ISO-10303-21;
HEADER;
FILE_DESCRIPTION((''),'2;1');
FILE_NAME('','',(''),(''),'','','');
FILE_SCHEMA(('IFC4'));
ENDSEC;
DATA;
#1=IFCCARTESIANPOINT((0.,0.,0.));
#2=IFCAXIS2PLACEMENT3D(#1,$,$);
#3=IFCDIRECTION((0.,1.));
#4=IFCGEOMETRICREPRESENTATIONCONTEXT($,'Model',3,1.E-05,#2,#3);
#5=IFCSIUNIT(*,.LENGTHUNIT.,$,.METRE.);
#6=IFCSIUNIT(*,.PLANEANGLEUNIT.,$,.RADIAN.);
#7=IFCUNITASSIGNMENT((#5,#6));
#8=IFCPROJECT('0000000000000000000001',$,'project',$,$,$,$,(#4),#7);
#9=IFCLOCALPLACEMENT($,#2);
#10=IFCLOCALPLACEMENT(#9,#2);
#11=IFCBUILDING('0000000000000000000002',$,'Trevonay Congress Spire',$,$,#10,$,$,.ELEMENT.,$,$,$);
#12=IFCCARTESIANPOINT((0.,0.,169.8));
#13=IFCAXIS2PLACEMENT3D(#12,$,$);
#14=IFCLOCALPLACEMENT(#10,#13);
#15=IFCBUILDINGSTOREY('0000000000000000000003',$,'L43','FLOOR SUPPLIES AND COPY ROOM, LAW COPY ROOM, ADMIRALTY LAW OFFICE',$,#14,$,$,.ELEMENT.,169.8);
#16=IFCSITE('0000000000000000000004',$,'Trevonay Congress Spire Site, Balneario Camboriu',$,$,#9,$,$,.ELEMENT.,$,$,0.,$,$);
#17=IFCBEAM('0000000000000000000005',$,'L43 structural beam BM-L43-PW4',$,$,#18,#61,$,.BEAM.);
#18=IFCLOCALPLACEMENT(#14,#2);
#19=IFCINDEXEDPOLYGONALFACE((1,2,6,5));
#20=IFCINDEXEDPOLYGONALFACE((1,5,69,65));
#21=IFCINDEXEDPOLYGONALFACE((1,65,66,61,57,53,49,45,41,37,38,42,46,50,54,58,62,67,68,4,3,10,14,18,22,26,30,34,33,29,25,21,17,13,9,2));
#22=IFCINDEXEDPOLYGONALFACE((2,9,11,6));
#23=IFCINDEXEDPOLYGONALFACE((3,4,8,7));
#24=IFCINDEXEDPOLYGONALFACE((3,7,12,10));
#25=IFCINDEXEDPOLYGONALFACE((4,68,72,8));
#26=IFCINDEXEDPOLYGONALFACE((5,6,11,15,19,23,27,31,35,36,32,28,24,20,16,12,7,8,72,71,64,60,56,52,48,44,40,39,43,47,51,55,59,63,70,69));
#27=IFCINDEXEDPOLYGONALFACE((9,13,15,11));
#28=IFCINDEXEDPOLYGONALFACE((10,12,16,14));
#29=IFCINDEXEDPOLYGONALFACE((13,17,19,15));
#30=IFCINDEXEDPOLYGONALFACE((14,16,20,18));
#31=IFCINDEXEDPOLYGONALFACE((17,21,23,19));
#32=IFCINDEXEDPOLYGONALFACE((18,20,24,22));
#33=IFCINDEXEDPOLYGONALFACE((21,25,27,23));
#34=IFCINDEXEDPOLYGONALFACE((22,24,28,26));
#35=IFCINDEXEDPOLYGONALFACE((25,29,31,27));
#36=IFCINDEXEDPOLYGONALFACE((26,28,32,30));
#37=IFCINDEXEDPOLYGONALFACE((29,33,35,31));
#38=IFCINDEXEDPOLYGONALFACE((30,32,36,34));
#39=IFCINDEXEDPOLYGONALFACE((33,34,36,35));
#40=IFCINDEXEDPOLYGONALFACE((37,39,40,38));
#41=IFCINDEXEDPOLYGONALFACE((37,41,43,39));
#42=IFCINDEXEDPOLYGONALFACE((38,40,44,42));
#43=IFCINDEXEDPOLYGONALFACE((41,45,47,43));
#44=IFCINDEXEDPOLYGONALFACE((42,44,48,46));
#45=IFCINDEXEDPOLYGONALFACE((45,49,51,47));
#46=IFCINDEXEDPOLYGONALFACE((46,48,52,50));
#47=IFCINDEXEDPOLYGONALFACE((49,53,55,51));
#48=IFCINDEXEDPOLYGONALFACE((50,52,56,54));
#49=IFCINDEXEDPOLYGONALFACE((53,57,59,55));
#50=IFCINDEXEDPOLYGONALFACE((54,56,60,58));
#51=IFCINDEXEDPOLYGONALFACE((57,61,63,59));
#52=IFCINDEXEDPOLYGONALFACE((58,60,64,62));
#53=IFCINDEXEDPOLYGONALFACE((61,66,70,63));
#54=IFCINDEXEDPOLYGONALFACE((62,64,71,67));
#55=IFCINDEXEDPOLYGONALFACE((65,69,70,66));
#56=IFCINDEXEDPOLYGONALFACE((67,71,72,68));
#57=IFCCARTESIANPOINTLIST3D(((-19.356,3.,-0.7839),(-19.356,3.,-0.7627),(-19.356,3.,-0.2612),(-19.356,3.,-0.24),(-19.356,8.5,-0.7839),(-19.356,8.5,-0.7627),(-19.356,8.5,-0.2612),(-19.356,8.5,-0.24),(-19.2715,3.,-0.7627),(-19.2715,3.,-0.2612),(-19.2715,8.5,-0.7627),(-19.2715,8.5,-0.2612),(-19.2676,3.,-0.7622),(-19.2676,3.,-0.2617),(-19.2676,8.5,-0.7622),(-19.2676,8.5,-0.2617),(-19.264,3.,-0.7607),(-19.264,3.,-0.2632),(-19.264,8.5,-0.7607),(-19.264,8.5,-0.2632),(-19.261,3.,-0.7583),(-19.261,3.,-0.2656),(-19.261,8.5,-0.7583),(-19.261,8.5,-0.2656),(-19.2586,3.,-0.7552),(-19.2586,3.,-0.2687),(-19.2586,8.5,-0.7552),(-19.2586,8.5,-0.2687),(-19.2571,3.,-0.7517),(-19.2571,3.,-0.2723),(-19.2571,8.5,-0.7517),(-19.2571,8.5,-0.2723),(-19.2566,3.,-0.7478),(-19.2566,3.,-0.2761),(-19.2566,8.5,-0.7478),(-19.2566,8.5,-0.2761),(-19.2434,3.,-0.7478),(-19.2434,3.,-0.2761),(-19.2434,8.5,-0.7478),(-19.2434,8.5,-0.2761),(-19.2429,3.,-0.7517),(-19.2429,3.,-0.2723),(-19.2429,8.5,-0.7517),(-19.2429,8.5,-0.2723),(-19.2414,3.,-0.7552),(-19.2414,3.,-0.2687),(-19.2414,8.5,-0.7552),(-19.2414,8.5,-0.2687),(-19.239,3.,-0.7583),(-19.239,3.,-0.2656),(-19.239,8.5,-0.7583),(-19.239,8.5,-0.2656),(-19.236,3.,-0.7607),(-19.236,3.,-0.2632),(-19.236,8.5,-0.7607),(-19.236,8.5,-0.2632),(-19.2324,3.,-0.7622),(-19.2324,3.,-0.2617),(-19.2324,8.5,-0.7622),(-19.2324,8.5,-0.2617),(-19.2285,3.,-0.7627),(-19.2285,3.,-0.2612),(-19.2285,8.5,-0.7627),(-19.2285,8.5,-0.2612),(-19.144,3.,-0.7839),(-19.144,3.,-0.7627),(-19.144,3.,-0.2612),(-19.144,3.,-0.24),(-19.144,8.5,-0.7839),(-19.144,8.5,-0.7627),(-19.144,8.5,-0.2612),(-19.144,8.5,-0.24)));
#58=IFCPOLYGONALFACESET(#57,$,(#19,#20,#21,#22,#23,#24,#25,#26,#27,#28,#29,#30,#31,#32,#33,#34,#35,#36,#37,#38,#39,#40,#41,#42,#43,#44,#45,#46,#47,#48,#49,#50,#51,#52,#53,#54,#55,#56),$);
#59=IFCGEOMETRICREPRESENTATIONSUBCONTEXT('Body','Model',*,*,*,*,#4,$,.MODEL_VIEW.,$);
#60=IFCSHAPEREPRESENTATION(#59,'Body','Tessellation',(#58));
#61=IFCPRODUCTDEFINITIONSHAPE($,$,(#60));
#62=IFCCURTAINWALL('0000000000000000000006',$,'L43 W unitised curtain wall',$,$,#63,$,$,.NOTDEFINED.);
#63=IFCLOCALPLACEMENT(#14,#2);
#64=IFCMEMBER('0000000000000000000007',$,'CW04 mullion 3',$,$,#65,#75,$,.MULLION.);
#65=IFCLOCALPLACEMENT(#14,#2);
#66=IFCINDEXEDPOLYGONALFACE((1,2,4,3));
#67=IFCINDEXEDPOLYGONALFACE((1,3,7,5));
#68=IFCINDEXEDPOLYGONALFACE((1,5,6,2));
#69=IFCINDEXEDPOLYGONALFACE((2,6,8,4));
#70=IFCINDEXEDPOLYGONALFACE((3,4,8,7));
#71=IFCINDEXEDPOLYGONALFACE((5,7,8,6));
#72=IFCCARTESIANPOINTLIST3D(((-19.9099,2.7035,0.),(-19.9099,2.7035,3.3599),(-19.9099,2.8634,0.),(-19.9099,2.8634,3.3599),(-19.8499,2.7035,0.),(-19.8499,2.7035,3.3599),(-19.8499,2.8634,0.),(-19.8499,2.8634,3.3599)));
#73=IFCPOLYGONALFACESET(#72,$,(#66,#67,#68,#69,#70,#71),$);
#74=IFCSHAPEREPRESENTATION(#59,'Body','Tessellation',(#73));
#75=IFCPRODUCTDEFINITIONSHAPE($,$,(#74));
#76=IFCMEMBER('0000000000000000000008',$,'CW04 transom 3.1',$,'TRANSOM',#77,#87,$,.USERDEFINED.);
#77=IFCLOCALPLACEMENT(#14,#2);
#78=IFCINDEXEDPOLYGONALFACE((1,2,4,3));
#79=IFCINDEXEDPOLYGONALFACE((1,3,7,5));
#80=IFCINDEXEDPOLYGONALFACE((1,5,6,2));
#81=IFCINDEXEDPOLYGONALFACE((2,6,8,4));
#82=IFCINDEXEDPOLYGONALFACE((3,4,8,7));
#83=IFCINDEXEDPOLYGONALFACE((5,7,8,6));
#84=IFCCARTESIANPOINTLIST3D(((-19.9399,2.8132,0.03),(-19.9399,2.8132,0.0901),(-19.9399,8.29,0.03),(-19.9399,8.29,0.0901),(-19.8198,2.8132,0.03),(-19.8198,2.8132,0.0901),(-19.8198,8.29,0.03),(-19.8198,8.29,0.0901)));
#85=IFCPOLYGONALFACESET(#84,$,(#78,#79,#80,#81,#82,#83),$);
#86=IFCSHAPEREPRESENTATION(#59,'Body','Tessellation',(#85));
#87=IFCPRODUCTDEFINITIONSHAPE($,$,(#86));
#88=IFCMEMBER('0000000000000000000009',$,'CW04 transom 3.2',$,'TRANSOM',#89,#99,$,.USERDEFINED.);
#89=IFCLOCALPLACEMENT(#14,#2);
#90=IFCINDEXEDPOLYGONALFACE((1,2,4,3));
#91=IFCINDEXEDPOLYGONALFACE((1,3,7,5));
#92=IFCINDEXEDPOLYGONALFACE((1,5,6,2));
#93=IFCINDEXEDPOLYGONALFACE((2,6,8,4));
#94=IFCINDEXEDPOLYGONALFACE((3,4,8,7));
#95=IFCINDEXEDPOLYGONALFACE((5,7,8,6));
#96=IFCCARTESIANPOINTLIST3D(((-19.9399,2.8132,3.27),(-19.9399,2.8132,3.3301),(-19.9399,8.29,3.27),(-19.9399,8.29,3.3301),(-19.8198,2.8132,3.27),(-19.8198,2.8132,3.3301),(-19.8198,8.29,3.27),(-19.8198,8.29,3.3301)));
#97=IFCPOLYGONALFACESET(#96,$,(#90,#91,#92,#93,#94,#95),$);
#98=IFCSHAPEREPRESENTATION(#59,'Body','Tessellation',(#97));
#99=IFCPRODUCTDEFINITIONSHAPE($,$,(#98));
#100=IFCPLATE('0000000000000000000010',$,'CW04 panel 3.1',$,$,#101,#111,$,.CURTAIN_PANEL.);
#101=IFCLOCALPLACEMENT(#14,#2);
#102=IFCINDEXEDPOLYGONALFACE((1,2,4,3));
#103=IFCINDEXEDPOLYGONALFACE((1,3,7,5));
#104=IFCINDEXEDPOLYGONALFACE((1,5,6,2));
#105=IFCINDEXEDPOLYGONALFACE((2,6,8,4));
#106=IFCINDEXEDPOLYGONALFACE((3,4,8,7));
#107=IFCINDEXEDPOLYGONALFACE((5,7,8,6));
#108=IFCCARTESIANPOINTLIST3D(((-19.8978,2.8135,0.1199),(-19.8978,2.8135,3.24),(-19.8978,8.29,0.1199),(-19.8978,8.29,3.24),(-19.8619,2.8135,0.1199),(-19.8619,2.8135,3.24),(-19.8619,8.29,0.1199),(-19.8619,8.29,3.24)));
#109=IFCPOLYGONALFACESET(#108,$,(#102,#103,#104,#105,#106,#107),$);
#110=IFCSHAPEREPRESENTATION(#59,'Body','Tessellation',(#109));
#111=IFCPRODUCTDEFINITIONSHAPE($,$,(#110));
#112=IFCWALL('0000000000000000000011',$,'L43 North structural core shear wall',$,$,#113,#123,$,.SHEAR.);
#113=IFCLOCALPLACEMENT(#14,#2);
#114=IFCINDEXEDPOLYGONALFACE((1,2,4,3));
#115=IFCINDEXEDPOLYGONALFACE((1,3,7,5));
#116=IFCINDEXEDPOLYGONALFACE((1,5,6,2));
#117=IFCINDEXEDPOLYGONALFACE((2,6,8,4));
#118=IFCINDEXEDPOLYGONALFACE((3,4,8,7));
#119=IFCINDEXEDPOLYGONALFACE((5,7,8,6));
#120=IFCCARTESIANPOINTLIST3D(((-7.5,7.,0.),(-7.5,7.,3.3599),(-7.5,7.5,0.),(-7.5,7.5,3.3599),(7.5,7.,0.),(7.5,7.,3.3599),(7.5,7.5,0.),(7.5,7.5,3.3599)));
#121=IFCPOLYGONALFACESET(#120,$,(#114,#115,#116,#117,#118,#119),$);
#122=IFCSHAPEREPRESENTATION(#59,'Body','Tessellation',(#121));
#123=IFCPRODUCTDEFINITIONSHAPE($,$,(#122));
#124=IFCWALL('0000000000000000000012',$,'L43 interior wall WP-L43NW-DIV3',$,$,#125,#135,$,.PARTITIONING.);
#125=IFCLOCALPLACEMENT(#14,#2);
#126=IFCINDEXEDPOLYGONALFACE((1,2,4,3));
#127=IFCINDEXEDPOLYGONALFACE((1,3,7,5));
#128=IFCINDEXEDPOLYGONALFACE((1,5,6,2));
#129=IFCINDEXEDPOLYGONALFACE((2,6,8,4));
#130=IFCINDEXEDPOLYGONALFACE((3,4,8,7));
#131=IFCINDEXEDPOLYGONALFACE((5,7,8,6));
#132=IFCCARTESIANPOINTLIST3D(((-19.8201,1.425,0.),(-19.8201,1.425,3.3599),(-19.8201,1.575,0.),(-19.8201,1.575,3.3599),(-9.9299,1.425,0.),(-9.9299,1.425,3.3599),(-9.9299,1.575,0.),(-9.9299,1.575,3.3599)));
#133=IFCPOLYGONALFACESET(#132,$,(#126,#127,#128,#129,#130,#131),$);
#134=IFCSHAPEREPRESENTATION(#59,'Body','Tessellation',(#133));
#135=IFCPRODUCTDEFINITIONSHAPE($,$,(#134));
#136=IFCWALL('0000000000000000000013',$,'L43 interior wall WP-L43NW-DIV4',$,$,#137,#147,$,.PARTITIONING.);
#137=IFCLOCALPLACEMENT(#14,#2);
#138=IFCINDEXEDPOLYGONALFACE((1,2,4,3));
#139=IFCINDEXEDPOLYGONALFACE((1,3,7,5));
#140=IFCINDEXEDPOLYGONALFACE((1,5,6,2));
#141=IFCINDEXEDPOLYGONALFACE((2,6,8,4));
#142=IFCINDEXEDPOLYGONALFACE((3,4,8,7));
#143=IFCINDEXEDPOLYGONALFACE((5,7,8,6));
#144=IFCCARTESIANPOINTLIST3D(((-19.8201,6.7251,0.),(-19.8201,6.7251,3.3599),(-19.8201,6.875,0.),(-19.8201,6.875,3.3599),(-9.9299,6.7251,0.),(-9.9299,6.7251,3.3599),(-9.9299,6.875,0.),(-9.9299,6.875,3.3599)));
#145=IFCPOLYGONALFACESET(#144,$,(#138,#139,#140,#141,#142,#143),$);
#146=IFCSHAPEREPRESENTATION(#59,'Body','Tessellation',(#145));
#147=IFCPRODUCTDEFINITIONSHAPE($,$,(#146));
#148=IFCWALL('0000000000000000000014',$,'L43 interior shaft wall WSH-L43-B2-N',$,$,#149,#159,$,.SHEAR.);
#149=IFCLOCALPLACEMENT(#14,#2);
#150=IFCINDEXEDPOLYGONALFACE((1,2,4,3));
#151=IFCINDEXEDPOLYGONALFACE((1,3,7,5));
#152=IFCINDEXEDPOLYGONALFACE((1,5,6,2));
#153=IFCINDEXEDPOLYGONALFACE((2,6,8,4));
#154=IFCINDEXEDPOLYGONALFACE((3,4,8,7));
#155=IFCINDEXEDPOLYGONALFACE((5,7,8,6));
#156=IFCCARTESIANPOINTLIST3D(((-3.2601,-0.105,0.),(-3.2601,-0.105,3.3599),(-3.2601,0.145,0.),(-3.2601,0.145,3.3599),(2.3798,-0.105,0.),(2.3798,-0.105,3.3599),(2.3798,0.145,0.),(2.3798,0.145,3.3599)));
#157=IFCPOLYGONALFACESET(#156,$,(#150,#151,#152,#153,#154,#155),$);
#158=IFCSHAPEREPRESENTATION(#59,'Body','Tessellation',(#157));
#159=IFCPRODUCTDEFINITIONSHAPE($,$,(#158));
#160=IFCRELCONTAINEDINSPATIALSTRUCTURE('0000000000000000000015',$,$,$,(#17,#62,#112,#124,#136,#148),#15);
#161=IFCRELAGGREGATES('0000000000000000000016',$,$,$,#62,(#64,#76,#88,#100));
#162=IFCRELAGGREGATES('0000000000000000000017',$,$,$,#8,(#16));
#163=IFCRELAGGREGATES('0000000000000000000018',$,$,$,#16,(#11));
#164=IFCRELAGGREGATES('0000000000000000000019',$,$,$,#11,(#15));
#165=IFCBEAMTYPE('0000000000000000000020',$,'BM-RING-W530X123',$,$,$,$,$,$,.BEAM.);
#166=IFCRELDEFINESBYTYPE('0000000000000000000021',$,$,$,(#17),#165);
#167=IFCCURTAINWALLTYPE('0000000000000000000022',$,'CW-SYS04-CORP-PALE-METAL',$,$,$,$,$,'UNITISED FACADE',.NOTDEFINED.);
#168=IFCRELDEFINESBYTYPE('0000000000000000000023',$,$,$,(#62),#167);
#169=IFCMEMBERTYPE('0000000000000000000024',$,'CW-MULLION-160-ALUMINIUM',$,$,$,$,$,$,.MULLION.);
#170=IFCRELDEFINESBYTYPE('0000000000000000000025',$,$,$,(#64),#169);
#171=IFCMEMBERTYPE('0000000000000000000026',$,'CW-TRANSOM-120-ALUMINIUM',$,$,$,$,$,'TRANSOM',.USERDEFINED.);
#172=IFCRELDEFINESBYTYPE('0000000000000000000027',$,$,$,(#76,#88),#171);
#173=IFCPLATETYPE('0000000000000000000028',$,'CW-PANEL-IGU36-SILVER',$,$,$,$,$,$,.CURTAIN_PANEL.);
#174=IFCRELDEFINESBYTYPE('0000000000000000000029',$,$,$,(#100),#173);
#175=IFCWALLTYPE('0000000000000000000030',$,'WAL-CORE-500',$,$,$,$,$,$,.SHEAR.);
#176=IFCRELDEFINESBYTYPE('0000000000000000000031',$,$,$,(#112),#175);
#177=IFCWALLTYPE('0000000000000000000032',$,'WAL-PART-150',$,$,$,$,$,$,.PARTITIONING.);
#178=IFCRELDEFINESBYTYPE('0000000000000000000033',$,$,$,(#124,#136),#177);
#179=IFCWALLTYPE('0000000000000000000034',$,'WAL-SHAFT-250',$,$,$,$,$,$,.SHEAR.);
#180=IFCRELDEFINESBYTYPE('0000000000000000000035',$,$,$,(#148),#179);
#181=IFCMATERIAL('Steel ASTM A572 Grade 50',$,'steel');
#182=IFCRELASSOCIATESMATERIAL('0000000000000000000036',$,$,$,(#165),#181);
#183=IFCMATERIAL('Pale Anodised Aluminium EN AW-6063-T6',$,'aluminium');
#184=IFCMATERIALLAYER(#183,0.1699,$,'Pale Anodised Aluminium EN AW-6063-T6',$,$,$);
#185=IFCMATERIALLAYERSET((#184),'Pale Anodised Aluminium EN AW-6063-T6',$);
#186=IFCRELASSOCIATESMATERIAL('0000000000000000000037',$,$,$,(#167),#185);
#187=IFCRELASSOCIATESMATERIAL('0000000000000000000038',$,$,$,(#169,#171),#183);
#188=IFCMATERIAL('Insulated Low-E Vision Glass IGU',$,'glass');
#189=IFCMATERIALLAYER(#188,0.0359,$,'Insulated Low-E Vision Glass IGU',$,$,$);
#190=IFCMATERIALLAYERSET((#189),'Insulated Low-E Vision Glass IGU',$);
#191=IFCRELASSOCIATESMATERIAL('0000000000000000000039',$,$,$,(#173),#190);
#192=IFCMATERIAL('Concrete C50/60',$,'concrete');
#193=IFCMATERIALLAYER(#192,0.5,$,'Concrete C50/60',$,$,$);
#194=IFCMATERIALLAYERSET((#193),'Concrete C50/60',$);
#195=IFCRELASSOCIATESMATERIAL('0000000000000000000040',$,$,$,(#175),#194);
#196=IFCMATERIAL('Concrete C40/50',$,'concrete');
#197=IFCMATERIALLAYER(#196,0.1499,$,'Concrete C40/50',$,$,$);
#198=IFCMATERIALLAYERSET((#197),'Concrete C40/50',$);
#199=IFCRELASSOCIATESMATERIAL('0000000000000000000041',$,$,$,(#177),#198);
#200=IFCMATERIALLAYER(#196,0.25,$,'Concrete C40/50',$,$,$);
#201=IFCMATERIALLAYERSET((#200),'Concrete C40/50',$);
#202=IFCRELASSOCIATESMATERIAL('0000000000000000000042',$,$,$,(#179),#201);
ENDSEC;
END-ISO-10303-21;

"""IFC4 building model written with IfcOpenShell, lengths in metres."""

from ifc_helpers import new_model, si_unit, direction, frame, frame_2d, origin, origin_2d, place, context, subcontext, project, spatial, rectangle, i_section, extrude, material, layer, layer_set, material_profile, profile_set, type_object, element, aggregate, save


model = new_model("IFC4")

# Units and contexts
model_context = context("Model", 3, precision=1e-05, world=origin(), true_north=direction((0.0, 1.0)))
body_context = subcontext(model_context, "Body", "Model", "MODEL_VIEW")
ifc_project = project(units=[si_unit("LENGTHUNIT", "METRE"), si_unit("PLANEANGLEUNIT", "RADIAN")], contexts=[model_context])

# Site, building, storey
site_placement = place(None, origin())
site = spatial("IfcSite", under=ifc_project, at=site_placement, Name="Trevonay Congress Spire Site, Balneario Camboriu", CompositionType="ELEMENT", RefElevation=0.0)
building_placement = place(site_placement, origin())
building = spatial("IfcBuilding", under=site, at=building_placement, Name="Trevonay Congress Spire", CompositionType="ELEMENT")
storey_placement = place(building_placement, frame((0.0, 0.0, 169.8)))
storey = spatial("IfcBuildingStorey", under=building, at=storey_placement, Name="L43", Description="FLOOR SUPPLIES AND COPY ROOM, LAW COPY ROOM, ADMIRALTY LAW OFFICE", CompositionType="ELEMENT", Elevation=169.8)

# Shared definitions
ifc_material_1 = material(Name="Steel ASTM A572 Grade 50", Category="steel")

# Beam
ifc_material_profile_1 = material_profile(ifc_material_1, i_section(OverallWidth=0.2119, OverallDepth=0.5439, WebThickness=0.0132, FlangeThickness=0.0212, FilletRadius=0.0149, at=origin_2d()), Name="W530x123")
ifc_profile_set_1 = profile_set([ifc_material_profile_1], Name="Steel ASTM A572 Grade 50")
beam_type_1 = type_object("IfcBeamType", Name="BM-RING-W530X123", PredefinedType="BEAM", material=ifc_profile_set_1)
beam_1_placement = place(storey_placement, frame((-19.25, 3.0, -0.512), z_axis=(0.0, 1.0, 0.0), x_axis=(-1.0, 0.0, 0.0)))
element("IfcBeam", 1, at=beam_1_placement, inside=storey, type_object=beam_type_1, Name="L43 structural beam BM-L43-PW4", PredefinedType="BEAM", context=body_context, shape_type="SweptSolid", body=[
    extrude(i_section(OverallWidth=0.2119, OverallDepth=0.5439, WebThickness=0.0132, FlangeThickness=0.0212, FilletRadius=0.0149, at=origin_2d()), origin(), (0.0, 0.0, 1.0), 5.5),
])

# Curtain wall, members, plate
ifc_material_2 = material(Name="Pale Anodised Aluminium EN AW-6063-T6", Category="aluminium")
ifc_layer_1 = layer(ifc_material_2, 0.1699, Name="Pale Anodised Aluminium EN AW-6063-T6")
ifc_layer_set_1 = layer_set([ifc_layer_1], Name="Pale Anodised Aluminium EN AW-6063-T6")
curtain_wall_type = type_object("IfcCurtainWallType", Name="CW-SYS04-CORP-PALE-METAL", ElementType="UNITISED FACADE", PredefinedType="NOTDEFINED", material=ifc_layer_set_1)
curtain_wall_placement = place(storey_placement, origin())
curtain_wall = element("IfcCurtainWall", 2, at=curtain_wall_placement, inside=storey, type_object=curtain_wall_type, Name="L43 W unitised curtain wall", PredefinedType="NOTDEFINED")
ifc_material_profile_2 = material_profile(ifc_material_2, rectangle(XDim=0.0601, YDim=0.1599, at=origin_2d()), Name="CW-MULLION-160-ALUMINIUM")
ifc_profile_set_2 = profile_set([ifc_material_profile_2], Name="Pale Anodised Aluminium EN AW-6063-T6")
member_type_1 = type_object("IfcMemberType", Name="CW-MULLION-160-ALUMINIUM", PredefinedType="MULLION", material=ifc_profile_set_2)
member_1_placement = place(storey_placement, frame((-19.8799, 2.7834, 0.0), z_axis=(0.0, 0.0, 1.0), x_axis=(-1.0, 0.0, 0.0)))
member_1 = element("IfcMember", 3, at=member_1_placement, type_object=member_type_1, Name="CW04 mullion 3", PredefinedType="MULLION", context=body_context, shape_type="SweptSolid", body=[
    extrude(rectangle(XDim=0.0601, YDim=0.1599, at=origin_2d()), origin(), (0.0, 0.0, 1.0), 3.3599),
])
ifc_material_profile_3 = material_profile(ifc_material_2, rectangle(XDim=0.1201, YDim=0.0601, at=origin_2d()), Name="CW-TRANSOM-120-ALUMINIUM")
ifc_profile_set_3 = profile_set([ifc_material_profile_3], Name="Pale Anodised Aluminium EN AW-6063-T6")
member_type_2 = type_object("IfcMemberType", Name="CW-TRANSOM-120-ALUMINIUM", ElementType="TRANSOM", PredefinedType="USERDEFINED", material=ifc_profile_set_3)
member_2_placement = place(storey_placement, frame((-19.8799, 2.8132, 0.0601), z_axis=(0.0, 1.0, 0.0), x_axis=(-1.0, 0.0, 0.0)))
member_2 = element("IfcMember", 4, at=member_2_placement, type_object=member_type_2, Name="CW04 transom 3.1", ObjectType="TRANSOM", PredefinedType="USERDEFINED", context=body_context, shape_type="SweptSolid", body=[
    extrude(rectangle(XDim=0.1201, YDim=0.0601, at=origin_2d()), origin(), (0.0, 0.0, 1.0), 5.4768),
])
member_3_placement = place(storey_placement, frame((-19.8799, 2.8132, 3.3), z_axis=(0.0, 1.0, 0.0), x_axis=(-1.0, 0.0, 0.0)))
member_3 = element("IfcMember", 5, at=member_3_placement, type_object=member_type_2, Name="CW04 transom 3.2", ObjectType="TRANSOM", PredefinedType="USERDEFINED", context=body_context, shape_type="SweptSolid", body=[
    extrude(rectangle(XDim=0.1201, YDim=0.0601, at=origin_2d()), origin(), (0.0, 0.0, 1.0), 5.4768),
])
ifc_material_3 = material(Name="Insulated Low-E Vision Glass IGU", Category="glass")
ifc_layer_2 = layer(ifc_material_3, 0.0359, Name="Insulated Low-E Vision Glass IGU")
ifc_layer_set_2 = layer_set([ifc_layer_2], Name="Insulated Low-E Vision Glass IGU")
plate_type = type_object("IfcPlateType", Name="CW-PANEL-IGU36-SILVER", PredefinedType="CURTAIN_PANEL", material=ifc_layer_set_2)
plate_placement = place(storey_placement, frame((-19.8799, 5.5518, 0.1199), z_axis=(0.0, 0.0, 1.0), x_axis=(0.0, 1.0, 0.0)))
plate = element("IfcPlate", 6, at=plate_placement, type_object=plate_type, Name="CW04 panel 3.1", PredefinedType="CURTAIN_PANEL", context=body_context, shape_type="SweptSolid", body=[
    extrude(rectangle(XDim=5.4766, YDim=0.0359, at=origin_2d()), origin(), (0.0, 0.0, 1.0), 3.1201),
])
aggregate(curtain_wall, [member_1, member_2, member_3, plate])

# Walls
ifc_material_4 = material(Name="Concrete C50/60", Category="concrete")
ifc_layer_3 = layer(ifc_material_4, 0.5, Name="Concrete C50/60")
ifc_layer_set_3 = layer_set([ifc_layer_3], Name="Concrete C50/60")
wall_type_1 = type_object("IfcWallType", Name="WAL-CORE-500", PredefinedType="SHEAR", material=ifc_layer_set_3)
wall_1_placement = place(storey_placement, frame((-7.5, 7.25, 0.0), z_axis=(0.0, 0.0, 1.0), x_axis=(1.0, 0.0, 0.0)))
element("IfcWall", 7, at=wall_1_placement, inside=storey, type_object=wall_type_1, Name="L43 North structural core shear wall", PredefinedType="SHEAR", context=body_context, shape_type="SweptSolid", body=[
    extrude(rectangle(XDim=15.0, YDim=0.5, at=frame_2d((7.5, 0.0))), origin(), (0.0, 0.0, 1.0), 3.3599),
])
ifc_material_5 = material(Name="Concrete C40/50", Category="concrete")
ifc_layer_4 = layer(ifc_material_5, 0.1499, Name="Concrete C40/50")
ifc_layer_set_4 = layer_set([ifc_layer_4], Name="Concrete C40/50")
wall_type_2 = type_object("IfcWallType", Name="WAL-PART-150", PredefinedType="PARTITIONING", material=ifc_layer_set_4)
for number, where, z_axis, x_axis, name in (
    (8, (-19.8201, 1.5, 0.0), (0.0, 0.0, 1.0), (1.0, 0.0, 0.0), "L43 interior wall WP-L43NW-DIV3"),
    (9, (-19.8201, 6.8, 0.0), (0.0, 0.0, 1.0), (1.0, 0.0, 0.0), "L43 interior wall WP-L43NW-DIV4"),
):
    element("IfcWall", number, at=place(storey_placement, frame(where, z_axis=z_axis, x_axis=x_axis)), inside=storey, type_object=wall_type_2, Name=name, PredefinedType="PARTITIONING", context=body_context, shape_type="SweptSolid", body=[
        extrude(rectangle(XDim=9.8901, YDim=0.1499, at=frame_2d((4.9451, 0.0))), origin(), (0.0, 0.0, 1.0), 3.3599),
    ])
ifc_layer_5 = layer(ifc_material_5, 0.25, Name="Concrete C40/50")
ifc_layer_set_5 = layer_set([ifc_layer_5], Name="Concrete C40/50")
wall_type_3 = type_object("IfcWallType", Name="WAL-SHAFT-250", PredefinedType="SHEAR", material=ifc_layer_set_5)
wall_2_placement = place(storey_placement, frame((-3.26, 0.02, 0.0), z_axis=(0.0, 0.0, 1.0), x_axis=(1.0, 0.0, 0.0)))
element("IfcWall", 10, at=wall_2_placement, inside=storey, type_object=wall_type_3, Name="L43 interior shaft wall WSH-L43-B2-N", PredefinedType="SHEAR", context=body_context, shape_type="SweptSolid", body=[
    extrude(rectangle(XDim=5.6399, YDim=0.25, at=frame_2d((2.8198, 0.0))), origin(), (0.0, 0.0, 1.0), 3.3599),
])

save(model, "model.ifc")
